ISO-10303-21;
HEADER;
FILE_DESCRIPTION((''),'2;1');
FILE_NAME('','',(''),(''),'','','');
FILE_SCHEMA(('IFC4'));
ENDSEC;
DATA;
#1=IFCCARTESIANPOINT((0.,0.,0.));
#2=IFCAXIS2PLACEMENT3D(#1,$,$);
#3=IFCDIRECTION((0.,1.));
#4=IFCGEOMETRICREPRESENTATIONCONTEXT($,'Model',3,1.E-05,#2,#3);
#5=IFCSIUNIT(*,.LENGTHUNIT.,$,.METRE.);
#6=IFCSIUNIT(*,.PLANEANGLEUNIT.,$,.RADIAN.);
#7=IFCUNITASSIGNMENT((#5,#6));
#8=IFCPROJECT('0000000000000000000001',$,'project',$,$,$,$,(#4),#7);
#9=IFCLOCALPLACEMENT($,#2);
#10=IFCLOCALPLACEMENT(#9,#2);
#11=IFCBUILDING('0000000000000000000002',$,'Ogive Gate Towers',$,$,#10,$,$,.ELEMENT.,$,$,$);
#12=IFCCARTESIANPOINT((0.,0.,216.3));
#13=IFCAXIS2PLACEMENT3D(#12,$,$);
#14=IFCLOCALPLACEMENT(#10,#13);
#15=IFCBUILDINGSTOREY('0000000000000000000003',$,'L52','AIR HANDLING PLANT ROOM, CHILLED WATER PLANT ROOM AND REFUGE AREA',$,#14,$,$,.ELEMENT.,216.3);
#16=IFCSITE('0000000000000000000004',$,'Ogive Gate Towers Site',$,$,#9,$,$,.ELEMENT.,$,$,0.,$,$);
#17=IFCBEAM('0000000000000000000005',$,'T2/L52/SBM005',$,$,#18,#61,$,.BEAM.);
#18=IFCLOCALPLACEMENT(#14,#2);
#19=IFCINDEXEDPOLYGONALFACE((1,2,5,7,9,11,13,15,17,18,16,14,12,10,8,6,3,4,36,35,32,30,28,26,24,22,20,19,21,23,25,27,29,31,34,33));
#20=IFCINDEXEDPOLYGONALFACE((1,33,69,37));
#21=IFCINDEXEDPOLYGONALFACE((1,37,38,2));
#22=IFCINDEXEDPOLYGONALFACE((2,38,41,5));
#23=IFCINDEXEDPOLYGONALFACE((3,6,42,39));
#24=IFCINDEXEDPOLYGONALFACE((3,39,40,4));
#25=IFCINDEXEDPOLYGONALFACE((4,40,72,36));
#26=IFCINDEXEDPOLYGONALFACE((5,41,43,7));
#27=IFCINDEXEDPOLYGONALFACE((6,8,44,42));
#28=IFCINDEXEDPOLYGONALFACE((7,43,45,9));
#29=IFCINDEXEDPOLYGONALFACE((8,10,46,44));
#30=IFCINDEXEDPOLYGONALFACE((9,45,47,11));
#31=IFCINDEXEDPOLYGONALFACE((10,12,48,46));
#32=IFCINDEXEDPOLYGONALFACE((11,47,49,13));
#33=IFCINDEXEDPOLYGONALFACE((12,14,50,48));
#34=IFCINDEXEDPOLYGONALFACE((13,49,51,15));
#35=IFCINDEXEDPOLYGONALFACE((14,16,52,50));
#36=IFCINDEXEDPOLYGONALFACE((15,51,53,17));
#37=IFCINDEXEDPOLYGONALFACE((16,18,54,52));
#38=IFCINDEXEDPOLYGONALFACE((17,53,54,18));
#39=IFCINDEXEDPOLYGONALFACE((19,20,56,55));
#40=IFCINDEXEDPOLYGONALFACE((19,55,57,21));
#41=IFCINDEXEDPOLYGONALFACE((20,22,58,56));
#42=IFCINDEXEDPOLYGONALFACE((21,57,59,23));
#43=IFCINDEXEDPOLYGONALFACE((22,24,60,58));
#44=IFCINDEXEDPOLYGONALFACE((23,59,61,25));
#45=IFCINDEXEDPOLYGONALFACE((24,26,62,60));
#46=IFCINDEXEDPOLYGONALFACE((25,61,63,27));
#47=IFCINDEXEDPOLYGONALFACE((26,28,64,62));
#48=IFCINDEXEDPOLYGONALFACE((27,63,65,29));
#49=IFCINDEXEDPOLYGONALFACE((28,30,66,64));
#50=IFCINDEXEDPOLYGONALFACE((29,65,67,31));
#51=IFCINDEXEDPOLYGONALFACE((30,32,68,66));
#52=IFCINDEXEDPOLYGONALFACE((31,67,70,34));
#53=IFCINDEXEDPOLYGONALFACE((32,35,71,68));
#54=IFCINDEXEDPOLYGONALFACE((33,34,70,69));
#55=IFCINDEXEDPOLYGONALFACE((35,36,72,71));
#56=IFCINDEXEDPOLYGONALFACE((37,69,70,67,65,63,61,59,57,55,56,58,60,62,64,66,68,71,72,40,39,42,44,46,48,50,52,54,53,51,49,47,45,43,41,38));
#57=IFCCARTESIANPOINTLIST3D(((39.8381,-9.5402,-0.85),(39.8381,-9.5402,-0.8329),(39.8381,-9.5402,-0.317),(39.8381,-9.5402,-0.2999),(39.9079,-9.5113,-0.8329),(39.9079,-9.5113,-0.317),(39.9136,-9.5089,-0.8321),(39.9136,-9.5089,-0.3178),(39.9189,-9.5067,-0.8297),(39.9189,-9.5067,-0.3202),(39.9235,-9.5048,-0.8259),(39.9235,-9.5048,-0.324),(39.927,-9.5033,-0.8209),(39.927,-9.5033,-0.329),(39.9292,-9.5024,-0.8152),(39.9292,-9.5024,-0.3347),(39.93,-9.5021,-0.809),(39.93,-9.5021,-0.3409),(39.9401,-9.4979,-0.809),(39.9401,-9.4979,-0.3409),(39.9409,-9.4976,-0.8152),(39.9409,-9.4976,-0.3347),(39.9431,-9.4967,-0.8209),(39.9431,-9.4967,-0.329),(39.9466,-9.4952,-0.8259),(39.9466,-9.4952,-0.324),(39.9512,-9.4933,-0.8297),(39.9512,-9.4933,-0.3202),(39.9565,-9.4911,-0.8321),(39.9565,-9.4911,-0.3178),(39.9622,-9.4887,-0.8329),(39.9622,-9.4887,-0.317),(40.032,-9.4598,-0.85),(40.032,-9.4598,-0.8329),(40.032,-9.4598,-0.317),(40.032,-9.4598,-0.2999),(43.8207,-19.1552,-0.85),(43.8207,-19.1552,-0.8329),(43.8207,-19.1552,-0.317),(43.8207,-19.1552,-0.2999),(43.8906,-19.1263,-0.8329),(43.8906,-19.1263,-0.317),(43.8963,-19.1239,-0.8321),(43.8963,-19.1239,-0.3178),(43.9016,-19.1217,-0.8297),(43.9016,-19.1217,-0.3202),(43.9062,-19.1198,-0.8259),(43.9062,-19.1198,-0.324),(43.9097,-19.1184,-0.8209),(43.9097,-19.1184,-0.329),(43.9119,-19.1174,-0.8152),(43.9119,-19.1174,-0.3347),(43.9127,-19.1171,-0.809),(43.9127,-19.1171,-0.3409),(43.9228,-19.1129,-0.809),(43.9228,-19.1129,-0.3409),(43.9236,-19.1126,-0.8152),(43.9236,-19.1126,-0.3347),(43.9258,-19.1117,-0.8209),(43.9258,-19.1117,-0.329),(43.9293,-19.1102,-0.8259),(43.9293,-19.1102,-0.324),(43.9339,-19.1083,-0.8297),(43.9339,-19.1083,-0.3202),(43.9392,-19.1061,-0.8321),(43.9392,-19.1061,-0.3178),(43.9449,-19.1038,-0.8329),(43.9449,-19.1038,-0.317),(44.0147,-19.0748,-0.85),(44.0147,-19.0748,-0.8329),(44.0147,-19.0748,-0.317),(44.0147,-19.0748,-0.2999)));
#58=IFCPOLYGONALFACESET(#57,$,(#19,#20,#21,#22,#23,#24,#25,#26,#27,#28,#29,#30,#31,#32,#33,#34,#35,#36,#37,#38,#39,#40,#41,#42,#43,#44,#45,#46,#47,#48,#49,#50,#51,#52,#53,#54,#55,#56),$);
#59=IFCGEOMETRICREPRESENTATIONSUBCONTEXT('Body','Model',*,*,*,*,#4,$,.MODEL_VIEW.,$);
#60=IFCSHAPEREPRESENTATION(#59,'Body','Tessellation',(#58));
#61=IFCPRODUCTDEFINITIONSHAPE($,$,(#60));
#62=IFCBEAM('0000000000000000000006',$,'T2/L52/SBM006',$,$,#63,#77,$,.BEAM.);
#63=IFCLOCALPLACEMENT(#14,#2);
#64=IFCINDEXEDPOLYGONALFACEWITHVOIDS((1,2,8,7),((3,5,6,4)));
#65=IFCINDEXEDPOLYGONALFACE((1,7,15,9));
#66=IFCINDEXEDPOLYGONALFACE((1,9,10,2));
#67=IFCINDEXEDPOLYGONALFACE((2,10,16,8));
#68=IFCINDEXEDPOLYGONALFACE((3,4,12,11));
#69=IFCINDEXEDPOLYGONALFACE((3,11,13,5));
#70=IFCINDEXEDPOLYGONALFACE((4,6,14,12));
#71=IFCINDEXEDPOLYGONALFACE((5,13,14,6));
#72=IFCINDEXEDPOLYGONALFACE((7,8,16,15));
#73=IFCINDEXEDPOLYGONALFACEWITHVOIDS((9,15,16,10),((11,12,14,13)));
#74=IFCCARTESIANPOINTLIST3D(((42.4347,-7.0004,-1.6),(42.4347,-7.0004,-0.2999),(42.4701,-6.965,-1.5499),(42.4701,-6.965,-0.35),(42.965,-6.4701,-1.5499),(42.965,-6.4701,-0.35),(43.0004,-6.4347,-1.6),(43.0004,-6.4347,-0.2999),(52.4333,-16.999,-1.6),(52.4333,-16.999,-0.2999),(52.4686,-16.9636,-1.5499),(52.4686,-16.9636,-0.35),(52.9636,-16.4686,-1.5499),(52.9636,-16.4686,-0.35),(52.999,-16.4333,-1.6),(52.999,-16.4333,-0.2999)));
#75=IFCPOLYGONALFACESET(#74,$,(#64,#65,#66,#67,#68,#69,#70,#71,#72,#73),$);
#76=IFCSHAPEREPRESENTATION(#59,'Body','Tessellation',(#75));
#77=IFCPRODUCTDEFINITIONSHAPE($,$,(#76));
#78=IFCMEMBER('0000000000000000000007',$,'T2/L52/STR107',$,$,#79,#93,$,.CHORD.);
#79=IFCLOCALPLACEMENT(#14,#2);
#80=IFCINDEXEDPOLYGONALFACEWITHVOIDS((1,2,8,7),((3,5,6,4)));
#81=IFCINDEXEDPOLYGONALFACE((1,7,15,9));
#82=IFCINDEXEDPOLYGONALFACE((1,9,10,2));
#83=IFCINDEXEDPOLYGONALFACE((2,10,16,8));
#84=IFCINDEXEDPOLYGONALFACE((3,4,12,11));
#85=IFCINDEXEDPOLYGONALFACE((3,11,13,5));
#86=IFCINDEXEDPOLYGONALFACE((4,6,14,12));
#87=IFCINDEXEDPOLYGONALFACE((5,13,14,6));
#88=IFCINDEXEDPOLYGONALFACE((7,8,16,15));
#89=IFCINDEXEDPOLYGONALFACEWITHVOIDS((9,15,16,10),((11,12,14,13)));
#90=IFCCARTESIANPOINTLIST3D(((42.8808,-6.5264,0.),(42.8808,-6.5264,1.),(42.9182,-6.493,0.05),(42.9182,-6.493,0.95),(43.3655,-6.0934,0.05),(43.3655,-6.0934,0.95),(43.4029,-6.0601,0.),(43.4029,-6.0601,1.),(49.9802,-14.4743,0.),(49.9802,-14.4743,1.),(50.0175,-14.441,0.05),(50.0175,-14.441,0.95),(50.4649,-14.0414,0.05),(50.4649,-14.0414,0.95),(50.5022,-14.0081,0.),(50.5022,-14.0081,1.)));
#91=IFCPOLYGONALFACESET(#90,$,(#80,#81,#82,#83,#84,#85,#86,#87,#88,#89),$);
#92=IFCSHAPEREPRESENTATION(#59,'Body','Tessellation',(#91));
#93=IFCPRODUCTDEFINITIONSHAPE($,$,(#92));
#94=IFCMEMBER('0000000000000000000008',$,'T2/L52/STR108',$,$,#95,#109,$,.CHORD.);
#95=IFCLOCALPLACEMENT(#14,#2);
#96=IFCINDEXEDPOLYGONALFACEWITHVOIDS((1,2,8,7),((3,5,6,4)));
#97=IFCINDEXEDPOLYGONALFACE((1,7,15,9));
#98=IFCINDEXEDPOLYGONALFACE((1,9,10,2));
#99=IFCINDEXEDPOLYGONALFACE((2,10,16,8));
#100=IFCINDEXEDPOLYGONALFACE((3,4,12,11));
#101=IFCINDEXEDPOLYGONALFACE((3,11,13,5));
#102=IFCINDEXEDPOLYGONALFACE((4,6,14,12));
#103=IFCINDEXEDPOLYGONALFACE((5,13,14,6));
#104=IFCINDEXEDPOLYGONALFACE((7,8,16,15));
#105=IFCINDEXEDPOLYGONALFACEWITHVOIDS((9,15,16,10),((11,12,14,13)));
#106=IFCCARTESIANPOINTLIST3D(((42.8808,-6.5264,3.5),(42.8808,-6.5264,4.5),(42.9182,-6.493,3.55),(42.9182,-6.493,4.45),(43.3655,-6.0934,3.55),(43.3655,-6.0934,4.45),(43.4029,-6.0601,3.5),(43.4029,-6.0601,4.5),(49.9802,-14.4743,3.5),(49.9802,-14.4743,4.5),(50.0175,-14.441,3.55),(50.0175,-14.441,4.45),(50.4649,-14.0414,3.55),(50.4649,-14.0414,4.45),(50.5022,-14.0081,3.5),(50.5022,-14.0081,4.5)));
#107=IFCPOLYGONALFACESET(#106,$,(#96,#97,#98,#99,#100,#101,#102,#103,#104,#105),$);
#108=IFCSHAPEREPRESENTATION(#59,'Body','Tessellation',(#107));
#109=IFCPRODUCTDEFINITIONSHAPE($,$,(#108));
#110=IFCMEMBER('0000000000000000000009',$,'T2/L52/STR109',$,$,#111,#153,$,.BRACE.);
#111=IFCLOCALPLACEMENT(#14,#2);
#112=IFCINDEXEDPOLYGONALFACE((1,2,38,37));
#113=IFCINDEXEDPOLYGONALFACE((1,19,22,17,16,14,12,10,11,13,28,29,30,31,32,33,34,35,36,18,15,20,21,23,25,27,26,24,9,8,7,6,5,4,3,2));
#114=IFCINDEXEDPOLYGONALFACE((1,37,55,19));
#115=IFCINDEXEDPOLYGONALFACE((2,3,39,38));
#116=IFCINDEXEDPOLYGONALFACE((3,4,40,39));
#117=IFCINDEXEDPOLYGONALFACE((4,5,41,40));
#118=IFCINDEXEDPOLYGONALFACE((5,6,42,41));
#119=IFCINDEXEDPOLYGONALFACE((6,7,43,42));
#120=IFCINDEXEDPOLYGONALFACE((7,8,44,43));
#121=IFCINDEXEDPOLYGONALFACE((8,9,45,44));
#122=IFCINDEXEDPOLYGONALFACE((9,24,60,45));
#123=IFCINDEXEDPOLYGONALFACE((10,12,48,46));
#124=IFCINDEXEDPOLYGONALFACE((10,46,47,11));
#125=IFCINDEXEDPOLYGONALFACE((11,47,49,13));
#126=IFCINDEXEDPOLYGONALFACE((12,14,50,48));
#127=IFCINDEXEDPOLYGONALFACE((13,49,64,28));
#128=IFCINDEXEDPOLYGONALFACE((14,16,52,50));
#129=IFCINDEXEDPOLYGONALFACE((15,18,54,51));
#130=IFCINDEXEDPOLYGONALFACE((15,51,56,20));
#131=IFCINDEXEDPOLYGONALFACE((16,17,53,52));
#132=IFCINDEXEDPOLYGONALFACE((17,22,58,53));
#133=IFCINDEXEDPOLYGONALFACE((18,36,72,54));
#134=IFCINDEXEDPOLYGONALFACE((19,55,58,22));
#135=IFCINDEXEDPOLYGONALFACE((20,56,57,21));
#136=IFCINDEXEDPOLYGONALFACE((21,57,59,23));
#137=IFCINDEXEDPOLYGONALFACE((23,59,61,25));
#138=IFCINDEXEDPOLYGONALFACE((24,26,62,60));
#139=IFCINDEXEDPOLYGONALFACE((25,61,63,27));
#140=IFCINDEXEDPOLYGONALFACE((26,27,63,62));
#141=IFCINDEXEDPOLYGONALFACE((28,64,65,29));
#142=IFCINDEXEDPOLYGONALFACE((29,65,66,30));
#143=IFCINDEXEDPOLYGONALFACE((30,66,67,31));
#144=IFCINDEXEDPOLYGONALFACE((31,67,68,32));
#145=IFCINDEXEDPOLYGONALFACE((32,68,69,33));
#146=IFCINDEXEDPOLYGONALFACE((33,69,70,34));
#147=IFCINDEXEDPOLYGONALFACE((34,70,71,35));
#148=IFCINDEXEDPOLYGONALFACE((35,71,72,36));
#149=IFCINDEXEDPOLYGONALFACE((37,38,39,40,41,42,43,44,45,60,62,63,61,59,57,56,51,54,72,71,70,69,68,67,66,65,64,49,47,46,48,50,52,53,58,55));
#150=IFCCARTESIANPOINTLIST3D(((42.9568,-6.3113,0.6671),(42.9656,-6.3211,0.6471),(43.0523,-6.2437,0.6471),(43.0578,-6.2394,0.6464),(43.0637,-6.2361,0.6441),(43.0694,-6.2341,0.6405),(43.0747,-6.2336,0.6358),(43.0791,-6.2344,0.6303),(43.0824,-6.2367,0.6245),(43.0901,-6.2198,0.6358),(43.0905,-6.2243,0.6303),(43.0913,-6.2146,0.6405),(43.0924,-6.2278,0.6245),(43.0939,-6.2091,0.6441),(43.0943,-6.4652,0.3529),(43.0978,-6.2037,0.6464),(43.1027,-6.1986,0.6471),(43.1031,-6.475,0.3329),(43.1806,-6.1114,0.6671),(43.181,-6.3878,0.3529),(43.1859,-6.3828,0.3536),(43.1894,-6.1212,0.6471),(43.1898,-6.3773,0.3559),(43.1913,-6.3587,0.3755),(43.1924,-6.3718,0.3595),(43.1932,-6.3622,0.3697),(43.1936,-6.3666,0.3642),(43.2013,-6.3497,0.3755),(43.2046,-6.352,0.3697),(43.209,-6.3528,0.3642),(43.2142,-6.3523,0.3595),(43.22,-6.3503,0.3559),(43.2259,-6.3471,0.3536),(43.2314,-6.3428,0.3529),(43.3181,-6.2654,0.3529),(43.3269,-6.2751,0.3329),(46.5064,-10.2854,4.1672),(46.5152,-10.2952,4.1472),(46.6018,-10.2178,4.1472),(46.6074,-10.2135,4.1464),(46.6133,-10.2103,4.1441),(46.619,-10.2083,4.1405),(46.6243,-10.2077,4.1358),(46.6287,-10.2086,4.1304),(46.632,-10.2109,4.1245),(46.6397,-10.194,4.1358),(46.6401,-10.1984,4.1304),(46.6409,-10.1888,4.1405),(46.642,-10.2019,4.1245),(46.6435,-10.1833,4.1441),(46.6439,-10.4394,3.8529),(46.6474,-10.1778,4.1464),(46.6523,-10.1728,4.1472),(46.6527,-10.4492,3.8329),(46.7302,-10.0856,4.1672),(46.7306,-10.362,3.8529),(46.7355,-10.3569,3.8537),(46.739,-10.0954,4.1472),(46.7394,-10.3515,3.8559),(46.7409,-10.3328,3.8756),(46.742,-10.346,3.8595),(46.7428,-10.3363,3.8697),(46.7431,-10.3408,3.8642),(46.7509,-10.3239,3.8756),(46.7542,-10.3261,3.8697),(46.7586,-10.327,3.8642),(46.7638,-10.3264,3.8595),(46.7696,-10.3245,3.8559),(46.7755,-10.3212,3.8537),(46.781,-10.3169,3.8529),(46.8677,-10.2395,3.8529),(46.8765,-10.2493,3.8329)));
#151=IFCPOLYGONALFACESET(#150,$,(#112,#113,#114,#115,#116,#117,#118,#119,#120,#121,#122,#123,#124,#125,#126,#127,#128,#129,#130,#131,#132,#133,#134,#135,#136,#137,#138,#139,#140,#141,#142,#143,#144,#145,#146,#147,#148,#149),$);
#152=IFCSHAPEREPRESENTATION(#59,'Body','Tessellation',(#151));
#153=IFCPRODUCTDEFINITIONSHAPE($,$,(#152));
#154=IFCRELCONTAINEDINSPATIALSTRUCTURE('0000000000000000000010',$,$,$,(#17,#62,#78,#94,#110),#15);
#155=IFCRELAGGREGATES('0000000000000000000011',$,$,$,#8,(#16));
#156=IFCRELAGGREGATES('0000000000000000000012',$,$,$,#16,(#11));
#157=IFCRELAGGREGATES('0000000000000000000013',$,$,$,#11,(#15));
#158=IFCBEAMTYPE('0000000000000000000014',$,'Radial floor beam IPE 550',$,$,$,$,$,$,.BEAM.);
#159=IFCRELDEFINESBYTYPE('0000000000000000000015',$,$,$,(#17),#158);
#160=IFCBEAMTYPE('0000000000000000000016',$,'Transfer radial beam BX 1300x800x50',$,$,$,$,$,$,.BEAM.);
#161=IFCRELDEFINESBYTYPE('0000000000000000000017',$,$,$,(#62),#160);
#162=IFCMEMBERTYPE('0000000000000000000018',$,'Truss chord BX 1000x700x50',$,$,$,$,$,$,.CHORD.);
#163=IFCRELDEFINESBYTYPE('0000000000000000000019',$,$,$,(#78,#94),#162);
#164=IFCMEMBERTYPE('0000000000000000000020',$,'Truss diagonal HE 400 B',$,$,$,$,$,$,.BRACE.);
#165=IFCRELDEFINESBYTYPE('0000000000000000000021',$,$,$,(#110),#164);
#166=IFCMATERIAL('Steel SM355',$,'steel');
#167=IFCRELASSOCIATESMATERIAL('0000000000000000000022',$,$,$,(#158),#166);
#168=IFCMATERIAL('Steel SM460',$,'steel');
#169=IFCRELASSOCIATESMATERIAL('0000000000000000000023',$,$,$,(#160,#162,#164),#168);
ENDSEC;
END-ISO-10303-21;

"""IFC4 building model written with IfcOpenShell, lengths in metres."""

from ifc_helpers import new_model, si_unit, direction, frame, origin, origin_2d, place, context, subcontext, project, spatial, hollow_rectangle, i_section, extrude, material, material_profile, profile_set, type_object, element, save


model = new_model("IFC4")

# Units and contexts
model_context = context("Model", 3, precision=1e-05, world=origin(), true_north=direction((0.0, 1.0)))
body_context = subcontext(model_context, "Body", "Model", "MODEL_VIEW")
ifc_project = project(units=[si_unit("LENGTHUNIT", "METRE"), si_unit("PLANEANGLEUNIT", "RADIAN")], contexts=[model_context])

# Site, building, storey
site_placement = place(None, origin())
site = spatial("IfcSite", under=ifc_project, at=site_placement, Name="Ogive Gate Towers Site", CompositionType="ELEMENT", RefElevation=0.0)
building_placement = place(site_placement, origin())
building = spatial("IfcBuilding", under=site, at=building_placement, Name="Ogive Gate Towers", CompositionType="ELEMENT")
storey_placement = place(building_placement, frame((0.0, 0.0, 216.3)))
storey = spatial("IfcBuildingStorey", under=building, at=storey_placement, Name="L52", Description="AIR HANDLING PLANT ROOM, CHILLED WATER PLANT ROOM AND REFUGE AREA", CompositionType="ELEMENT", Elevation=216.3)

# Beams
ifc_material_1 = material(Name="Steel SM355", Category="steel")
ifc_material_profile_1 = material_profile(ifc_material_1, i_section(OverallWidth=0.21, OverallDepth=0.55, WebThickness=0.011, FlangeThickness=0.0171, FilletRadius=0.0239, at=origin_2d()), Name="IPE 550")
ifc_profile_set_1 = profile_set([ifc_material_profile_1], Name="Steel SM355")
beam_type_1 = type_object("IfcBeamType", Name="Radial floor beam IPE 550", PredefinedType="BEAM", material=ifc_profile_set_1)
beam_1_placement = place(storey_placement, frame((39.9351, -9.5, -0.575), z_axis=(0.382684, -0.923879, 0.0), x_axis=(0.923879, 0.382684, 0.0)))
element("IfcBeam", 1, at=beam_1_placement, inside=storey, type_object=beam_type_1, Name="T2/L52/SBM005", PredefinedType="BEAM", context=body_context, shape_type="SweptSolid", body=[
    extrude(i_section(OverallWidth=0.21, OverallDepth=0.55, WebThickness=0.011, FlangeThickness=0.0171, FilletRadius=0.0239, at=origin_2d()), origin(), (0.0, 0.0, 1.0), 10.4072),
])
ifc_material_2 = material(Name="Steel SM460", Category="steel")
ifc_material_profile_2 = material_profile(ifc_material_2, hollow_rectangle(XDim=0.8, YDim=1.3, WallThickness=0.05, at=origin_2d()), Name="BX 1300x800x50")
ifc_profile_set_2 = profile_set([ifc_material_profile_2], Name="Steel SM460")
beam_type_2 = type_object("IfcBeamType", Name="Transfer radial beam BX 1300x800x50", PredefinedType="BEAM", material=ifc_profile_set_2)
beam_2_placement = place(storey_placement, frame((42.7175, -6.7175, -0.95), z_axis=(0.707107, -0.707107, 0.0), x_axis=(0.707107, 0.707107, 0.0)))
element("IfcBeam", 2, at=beam_2_placement, inside=storey, type_object=beam_type_2, Name="T2/L52/SBM006", PredefinedType="BEAM", context=body_context, shape_type="SweptSolid", body=[
    extrude(hollow_rectangle(XDim=0.8, YDim=1.3, WallThickness=0.05, at=origin_2d()), origin(), (0.0, 0.0, 1.0), 14.1401),
])

# Members
ifc_material_profile_3 = material_profile(ifc_material_2, hollow_rectangle(XDim=0.7, YDim=1.0, WallThickness=0.05, at=origin_2d()), Name="BX 1000x700x50")
ifc_profile_set_3 = profile_set([ifc_material_profile_3], Name="Steel SM460")
member_type_1 = type_object("IfcMemberType", Name="Truss chord BX 1000x700x50", PredefinedType="CHORD", material=ifc_profile_set_3)
for number, where, z_axis, x_axis, name in (
    (3, (43.1418, -6.2932, 0.5), (0.666169, -0.745801, 0.0), (0.745801, 0.666169, 0.0), "T2/L52/STR107"),
    (4, (43.1418, -6.2932, 4.0), (0.666169, -0.745801, 0.0), (0.745801, 0.666169, 0.0), "T2/L52/STR108"),
):
    element("IfcMember", number, at=place(storey_placement, frame(where, z_axis=z_axis, x_axis=x_axis)), inside=storey, type_object=member_type_1, Name=name, PredefinedType="CHORD", context=body_context, shape_type="SweptSolid", body=[
        extrude(hollow_rectangle(XDim=0.7, YDim=1.0, WallThickness=0.05, at=origin_2d()), origin(), (0.0, 0.0, 1.0), 10.657),
    ])
ifc_material_profile_4 = material_profile(ifc_material_2, i_section(OverallWidth=0.3, OverallDepth=0.3999, WebThickness=0.0134, FlangeThickness=0.0239, FilletRadius=0.0271, at=origin_2d()), Name="HE 400 B")
ifc_profile_set_4 = profile_set([ifc_material_profile_4], Name="Steel SM460")
member_type_2 = type_object("IfcMemberType", Name="Truss diagonal HE 400 B", PredefinedType="BRACE", material=ifc_profile_set_4)
member_1_placement = place(storey_placement, frame((43.1418, -6.2932, 0.5), z_axis=(0.556777, -0.623373, 0.549003), x_axis=(0.745822, 0.666145, 0.0)))
element("IfcMember", 5, at=member_1_placement, inside=storey, type_object=member_type_2, Name="T2/L52/STR109", PredefinedType="BRACE", context=body_context, shape_type="SweptSolid", body=[
    extrude(i_section(OverallWidth=0.3, OverallDepth=0.3999, WebThickness=0.0134, FlangeThickness=0.0239, FilletRadius=0.0271, at=origin_2d()), origin(), (0.0, 0.0, 1.0), 6.3752),
])

save(model, "model.ifc")
